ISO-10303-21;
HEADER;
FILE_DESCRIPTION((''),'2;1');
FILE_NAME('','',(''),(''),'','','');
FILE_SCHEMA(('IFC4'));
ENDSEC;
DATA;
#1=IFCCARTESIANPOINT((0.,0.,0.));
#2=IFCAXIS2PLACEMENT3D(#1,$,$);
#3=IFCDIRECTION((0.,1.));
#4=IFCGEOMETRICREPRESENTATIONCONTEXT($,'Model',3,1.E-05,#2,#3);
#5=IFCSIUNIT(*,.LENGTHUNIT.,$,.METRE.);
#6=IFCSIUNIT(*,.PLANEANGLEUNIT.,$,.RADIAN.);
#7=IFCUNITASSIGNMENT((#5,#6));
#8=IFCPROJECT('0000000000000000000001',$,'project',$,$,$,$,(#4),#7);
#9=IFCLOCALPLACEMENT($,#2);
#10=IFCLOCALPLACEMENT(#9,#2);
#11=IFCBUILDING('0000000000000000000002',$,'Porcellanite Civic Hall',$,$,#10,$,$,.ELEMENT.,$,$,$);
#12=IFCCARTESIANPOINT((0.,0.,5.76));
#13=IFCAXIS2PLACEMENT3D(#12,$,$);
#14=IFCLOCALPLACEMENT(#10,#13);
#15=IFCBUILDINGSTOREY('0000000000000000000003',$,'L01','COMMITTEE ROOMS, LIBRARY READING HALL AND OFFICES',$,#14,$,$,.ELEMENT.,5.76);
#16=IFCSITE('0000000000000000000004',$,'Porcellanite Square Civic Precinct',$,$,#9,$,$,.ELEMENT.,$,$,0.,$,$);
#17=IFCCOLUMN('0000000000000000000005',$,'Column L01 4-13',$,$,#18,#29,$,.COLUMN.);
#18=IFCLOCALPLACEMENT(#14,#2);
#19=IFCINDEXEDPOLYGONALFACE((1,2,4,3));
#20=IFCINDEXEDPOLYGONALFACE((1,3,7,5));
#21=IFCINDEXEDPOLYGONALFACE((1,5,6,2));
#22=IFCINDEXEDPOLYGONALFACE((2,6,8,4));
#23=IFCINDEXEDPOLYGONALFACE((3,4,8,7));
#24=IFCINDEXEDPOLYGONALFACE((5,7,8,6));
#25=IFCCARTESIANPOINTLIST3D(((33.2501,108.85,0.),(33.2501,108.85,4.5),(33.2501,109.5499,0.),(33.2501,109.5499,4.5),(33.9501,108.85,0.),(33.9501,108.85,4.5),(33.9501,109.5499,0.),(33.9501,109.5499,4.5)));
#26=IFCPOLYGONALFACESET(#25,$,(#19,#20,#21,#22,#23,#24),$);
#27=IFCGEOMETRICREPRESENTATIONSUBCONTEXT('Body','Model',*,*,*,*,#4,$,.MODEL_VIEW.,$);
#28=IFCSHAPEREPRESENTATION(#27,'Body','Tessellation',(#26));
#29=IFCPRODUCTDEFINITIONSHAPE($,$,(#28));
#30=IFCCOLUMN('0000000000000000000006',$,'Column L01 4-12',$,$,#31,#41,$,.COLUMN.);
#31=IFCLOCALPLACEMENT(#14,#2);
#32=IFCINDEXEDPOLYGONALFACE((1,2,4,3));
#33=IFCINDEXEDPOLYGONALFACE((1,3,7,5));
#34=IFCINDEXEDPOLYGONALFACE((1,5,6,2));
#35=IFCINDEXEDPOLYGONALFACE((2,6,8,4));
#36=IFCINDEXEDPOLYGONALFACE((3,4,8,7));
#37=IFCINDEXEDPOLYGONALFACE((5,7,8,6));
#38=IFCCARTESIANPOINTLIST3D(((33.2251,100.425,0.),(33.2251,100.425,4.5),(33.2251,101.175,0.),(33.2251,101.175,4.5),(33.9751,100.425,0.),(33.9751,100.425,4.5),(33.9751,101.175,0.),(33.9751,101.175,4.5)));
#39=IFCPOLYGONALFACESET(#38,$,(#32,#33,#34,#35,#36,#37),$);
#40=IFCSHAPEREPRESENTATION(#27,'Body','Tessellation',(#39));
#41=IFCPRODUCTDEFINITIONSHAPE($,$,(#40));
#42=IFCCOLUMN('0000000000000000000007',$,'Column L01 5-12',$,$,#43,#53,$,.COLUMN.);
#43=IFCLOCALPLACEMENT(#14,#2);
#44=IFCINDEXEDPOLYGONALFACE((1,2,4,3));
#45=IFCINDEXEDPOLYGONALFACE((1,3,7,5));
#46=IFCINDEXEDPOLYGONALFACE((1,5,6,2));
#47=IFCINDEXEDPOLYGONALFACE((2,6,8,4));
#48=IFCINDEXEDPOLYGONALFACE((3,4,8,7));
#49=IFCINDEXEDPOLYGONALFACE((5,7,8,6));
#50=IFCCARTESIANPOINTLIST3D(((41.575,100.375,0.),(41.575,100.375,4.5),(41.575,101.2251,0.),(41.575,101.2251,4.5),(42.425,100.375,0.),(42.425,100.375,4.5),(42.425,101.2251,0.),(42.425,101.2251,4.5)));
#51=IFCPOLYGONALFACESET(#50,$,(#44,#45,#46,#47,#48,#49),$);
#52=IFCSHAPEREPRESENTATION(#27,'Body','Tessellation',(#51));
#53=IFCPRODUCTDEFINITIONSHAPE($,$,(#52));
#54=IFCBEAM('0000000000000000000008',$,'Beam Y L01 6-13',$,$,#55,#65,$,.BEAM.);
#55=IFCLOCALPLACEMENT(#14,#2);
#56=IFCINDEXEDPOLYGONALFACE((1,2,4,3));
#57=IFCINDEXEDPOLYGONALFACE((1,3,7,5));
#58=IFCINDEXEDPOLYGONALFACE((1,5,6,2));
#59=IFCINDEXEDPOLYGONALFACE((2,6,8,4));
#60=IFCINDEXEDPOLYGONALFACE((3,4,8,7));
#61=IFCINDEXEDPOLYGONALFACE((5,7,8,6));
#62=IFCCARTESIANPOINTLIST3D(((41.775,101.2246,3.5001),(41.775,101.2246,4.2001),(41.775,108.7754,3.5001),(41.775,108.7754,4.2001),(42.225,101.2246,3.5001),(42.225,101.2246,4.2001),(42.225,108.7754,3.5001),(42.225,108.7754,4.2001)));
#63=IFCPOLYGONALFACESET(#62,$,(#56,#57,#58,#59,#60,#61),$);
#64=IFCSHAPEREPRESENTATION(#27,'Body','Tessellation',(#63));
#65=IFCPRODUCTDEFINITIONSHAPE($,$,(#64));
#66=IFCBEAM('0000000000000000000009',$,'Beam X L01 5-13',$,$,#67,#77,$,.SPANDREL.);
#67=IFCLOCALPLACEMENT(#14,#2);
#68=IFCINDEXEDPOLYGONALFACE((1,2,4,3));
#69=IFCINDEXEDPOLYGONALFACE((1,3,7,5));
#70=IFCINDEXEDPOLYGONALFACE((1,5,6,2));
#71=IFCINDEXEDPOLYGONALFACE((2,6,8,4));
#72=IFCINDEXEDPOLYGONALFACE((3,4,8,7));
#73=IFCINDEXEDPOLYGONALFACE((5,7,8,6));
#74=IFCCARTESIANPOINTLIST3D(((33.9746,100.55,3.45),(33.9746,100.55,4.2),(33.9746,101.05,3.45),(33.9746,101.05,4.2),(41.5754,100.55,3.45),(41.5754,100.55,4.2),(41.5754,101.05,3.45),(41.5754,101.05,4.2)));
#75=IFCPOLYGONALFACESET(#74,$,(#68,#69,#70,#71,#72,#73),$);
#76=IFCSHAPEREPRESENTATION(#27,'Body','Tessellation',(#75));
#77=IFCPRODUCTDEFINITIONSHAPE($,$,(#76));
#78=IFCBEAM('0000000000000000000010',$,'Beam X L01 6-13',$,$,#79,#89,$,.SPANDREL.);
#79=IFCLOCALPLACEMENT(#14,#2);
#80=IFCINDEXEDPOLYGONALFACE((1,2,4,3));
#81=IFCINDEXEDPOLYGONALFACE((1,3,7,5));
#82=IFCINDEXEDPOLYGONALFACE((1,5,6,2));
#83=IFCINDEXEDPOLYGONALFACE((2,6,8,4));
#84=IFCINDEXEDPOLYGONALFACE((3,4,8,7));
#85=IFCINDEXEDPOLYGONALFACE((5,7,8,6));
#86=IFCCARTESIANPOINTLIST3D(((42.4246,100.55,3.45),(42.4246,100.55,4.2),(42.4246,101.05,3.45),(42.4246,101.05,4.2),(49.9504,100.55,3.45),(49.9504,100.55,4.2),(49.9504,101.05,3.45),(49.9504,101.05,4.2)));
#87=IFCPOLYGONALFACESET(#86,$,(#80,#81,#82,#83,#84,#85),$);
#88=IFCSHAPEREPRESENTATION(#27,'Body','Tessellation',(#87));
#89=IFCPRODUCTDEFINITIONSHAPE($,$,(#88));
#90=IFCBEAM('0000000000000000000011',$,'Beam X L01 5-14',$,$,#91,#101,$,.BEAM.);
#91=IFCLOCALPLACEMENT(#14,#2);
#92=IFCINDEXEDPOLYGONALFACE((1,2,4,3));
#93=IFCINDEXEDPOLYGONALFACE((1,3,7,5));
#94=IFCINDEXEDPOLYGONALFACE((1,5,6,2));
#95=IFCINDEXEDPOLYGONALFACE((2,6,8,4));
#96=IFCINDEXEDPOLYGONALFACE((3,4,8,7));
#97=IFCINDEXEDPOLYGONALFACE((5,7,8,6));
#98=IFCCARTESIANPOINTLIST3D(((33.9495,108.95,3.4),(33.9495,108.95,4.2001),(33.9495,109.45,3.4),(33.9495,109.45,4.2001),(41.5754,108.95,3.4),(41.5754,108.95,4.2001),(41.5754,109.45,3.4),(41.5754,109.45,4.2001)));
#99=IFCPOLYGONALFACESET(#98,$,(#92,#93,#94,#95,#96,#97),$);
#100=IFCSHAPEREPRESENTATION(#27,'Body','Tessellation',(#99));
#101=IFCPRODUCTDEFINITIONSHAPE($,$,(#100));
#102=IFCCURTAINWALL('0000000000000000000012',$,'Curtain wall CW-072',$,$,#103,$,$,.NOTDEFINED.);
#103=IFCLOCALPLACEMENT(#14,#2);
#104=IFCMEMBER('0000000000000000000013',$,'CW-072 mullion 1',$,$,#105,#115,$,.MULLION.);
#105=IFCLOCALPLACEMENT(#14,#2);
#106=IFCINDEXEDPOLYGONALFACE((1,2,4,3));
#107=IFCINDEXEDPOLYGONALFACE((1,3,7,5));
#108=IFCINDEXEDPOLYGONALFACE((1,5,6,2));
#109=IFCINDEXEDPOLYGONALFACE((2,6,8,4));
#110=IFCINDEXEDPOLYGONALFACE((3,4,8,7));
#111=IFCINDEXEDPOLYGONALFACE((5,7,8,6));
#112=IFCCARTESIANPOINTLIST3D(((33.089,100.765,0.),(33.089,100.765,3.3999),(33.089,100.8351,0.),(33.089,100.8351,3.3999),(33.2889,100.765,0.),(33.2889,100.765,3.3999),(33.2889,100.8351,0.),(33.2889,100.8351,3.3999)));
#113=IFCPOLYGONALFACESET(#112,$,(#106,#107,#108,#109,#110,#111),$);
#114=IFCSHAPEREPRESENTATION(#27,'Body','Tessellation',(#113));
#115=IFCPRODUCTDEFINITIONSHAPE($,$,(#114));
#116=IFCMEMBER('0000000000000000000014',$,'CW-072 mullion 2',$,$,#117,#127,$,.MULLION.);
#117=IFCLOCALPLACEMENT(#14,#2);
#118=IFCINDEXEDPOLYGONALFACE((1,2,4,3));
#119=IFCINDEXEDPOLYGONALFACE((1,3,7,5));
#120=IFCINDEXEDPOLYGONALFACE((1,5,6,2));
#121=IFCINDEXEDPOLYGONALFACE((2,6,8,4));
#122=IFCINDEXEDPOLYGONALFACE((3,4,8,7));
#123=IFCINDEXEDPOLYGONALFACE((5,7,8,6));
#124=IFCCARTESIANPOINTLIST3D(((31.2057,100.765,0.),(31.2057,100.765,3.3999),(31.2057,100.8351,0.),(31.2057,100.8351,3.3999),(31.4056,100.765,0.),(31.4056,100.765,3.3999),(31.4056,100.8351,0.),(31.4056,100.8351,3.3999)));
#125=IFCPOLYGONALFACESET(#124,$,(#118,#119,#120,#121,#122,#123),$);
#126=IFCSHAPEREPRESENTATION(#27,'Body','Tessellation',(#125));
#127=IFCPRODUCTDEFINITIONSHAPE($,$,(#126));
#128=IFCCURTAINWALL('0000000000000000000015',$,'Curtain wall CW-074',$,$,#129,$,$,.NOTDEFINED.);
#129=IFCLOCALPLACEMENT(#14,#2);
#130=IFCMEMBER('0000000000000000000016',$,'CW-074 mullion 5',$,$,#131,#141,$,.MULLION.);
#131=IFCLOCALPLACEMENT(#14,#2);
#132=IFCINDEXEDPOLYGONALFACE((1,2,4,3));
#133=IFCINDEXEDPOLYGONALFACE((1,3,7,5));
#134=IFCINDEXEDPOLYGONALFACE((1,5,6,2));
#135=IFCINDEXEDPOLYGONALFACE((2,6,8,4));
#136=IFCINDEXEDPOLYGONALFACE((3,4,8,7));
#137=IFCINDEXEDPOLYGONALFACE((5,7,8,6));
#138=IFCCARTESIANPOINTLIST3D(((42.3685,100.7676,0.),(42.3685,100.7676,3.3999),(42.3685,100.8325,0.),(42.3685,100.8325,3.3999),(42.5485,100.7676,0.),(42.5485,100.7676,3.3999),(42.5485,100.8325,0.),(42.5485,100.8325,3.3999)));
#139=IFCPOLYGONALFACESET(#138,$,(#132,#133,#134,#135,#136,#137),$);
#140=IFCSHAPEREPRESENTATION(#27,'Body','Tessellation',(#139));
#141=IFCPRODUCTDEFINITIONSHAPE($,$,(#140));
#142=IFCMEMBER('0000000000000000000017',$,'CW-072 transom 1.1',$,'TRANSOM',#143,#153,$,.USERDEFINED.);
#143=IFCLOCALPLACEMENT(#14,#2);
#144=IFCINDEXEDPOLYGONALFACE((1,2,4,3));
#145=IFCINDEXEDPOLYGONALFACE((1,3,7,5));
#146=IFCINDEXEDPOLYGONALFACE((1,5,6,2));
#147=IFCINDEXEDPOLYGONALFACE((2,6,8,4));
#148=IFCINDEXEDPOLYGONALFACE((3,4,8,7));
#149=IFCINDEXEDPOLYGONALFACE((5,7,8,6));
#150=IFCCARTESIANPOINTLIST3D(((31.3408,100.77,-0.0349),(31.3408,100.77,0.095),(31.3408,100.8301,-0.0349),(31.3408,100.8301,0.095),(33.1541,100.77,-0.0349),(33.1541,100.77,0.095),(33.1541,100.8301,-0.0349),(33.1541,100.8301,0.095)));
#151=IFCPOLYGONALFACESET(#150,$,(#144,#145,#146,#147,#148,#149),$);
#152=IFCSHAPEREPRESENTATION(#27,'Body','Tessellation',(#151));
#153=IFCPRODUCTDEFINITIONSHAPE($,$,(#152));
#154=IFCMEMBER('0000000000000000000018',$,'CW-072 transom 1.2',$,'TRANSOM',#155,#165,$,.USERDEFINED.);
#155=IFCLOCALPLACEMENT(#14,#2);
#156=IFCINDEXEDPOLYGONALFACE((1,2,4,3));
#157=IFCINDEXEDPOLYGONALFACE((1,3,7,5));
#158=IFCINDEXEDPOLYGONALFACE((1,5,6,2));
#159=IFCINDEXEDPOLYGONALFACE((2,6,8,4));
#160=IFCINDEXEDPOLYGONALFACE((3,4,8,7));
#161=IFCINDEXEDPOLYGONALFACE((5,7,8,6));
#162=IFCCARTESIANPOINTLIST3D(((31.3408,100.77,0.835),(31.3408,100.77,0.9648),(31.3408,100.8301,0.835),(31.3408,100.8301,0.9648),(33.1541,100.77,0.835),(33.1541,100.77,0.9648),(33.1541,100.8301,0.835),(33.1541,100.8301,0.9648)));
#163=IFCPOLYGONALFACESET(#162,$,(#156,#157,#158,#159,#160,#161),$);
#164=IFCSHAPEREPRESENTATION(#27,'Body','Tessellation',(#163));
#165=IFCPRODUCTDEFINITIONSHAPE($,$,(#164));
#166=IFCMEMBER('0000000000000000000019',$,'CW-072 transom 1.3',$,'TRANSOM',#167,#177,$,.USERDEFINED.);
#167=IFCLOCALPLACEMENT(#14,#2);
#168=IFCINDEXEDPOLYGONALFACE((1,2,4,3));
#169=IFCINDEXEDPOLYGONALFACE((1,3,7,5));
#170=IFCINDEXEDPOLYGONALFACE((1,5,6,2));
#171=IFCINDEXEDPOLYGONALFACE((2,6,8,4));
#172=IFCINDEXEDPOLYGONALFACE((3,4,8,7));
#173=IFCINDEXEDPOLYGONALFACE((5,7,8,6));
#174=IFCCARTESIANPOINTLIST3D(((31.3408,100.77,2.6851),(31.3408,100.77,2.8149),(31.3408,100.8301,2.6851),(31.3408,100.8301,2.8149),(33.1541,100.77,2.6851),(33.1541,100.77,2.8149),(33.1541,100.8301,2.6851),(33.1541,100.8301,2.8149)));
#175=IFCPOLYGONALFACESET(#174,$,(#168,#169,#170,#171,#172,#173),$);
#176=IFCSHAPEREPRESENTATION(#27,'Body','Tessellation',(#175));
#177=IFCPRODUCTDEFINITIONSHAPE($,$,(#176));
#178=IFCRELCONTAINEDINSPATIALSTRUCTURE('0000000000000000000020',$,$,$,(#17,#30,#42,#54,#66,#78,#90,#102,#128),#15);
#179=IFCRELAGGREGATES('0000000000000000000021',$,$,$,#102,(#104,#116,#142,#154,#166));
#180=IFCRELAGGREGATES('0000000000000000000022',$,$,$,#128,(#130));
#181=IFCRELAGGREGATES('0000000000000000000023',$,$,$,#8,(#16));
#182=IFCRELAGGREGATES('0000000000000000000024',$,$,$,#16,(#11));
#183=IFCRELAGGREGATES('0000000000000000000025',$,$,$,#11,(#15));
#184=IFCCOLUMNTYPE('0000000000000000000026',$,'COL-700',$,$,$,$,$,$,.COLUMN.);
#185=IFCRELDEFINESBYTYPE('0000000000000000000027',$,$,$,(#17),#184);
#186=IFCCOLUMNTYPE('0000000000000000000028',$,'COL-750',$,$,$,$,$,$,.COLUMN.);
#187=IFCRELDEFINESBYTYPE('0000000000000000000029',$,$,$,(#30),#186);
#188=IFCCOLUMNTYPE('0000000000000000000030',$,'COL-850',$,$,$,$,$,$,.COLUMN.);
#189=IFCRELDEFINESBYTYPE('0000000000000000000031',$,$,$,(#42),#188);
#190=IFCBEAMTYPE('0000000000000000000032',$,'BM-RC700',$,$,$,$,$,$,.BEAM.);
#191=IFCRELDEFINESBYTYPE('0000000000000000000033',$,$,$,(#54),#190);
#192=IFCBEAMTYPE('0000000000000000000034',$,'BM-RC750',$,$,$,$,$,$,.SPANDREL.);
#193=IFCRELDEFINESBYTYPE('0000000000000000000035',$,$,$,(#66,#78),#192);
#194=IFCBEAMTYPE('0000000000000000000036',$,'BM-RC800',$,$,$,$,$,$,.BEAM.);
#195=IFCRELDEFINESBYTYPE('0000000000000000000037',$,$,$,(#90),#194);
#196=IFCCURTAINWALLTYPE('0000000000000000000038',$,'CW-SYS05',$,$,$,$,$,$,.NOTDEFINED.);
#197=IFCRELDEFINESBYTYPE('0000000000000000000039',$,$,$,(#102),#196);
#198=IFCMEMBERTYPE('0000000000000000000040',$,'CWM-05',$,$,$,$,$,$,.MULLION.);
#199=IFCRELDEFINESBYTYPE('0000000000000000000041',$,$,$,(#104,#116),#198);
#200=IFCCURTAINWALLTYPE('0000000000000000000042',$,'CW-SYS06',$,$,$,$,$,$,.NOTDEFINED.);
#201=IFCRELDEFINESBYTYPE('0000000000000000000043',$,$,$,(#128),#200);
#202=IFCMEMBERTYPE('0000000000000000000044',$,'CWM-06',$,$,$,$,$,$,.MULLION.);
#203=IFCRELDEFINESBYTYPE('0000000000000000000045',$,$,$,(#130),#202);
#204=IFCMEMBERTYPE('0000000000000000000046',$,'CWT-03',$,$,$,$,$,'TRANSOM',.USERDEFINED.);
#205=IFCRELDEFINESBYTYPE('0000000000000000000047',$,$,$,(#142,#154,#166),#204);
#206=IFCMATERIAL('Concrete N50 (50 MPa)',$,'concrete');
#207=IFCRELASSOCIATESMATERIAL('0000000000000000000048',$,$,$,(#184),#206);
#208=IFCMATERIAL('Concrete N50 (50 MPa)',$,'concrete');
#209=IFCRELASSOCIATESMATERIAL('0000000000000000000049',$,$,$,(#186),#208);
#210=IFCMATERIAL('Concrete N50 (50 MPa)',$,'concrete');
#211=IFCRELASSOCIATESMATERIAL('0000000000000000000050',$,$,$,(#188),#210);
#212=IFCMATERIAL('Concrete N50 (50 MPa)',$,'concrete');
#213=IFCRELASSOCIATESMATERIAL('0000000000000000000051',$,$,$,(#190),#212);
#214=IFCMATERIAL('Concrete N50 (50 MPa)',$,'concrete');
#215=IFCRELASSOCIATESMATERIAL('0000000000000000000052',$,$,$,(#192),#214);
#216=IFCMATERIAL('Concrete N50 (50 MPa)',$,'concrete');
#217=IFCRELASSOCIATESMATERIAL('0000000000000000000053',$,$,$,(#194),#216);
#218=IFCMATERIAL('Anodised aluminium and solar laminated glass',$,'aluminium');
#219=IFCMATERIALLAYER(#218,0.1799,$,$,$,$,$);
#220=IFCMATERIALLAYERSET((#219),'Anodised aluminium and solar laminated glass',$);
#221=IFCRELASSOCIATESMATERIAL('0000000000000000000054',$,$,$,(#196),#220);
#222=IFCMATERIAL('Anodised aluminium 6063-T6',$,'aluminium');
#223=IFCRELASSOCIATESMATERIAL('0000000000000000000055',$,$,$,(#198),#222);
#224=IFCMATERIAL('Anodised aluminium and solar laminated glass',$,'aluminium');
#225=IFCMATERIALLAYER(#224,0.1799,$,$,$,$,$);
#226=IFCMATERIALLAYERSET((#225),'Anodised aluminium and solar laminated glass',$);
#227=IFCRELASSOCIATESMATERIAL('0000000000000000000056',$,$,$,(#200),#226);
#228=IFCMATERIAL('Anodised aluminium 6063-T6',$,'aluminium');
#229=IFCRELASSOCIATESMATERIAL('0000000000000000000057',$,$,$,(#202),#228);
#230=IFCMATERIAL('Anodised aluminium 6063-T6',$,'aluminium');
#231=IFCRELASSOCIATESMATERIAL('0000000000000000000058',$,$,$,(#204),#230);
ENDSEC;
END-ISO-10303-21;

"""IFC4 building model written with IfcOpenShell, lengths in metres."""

from ifc_helpers import new_model, si_unit, direction, frame, origin, origin_2d, place, context, subcontext, project, spatial, rectangle, extrude, material, layer, layer_set, material_profile, profile_set, type_object, element, aggregate, save


model = new_model("IFC4")

# Units and contexts
model_context = context("Model", 3, precision=1e-05, world=origin(), true_north=direction((0.0, 1.0)))
body_context = subcontext(model_context, "Body", "Model", "MODEL_VIEW")
ifc_project = project(units=[si_unit("LENGTHUNIT", "METRE"), si_unit("PLANEANGLEUNIT", "RADIAN")], contexts=[model_context])

# Site, building, storey
site_placement = place(None, origin())
site = spatial("IfcSite", under=ifc_project, at=site_placement, Name="Porcellanite Square Civic Precinct", CompositionType="ELEMENT", RefElevation=0.0)
building_placement = place(site_placement, origin())
building = spatial("IfcBuilding", under=site, at=building_placement, Name="Porcellanite Civic Hall", CompositionType="ELEMENT")
storey_placement = place(building_placement, frame((0.0, 0.0, 5.76)))
storey = spatial("IfcBuildingStorey", under=building, at=storey_placement, Name="L01", Description="COMMITTEE ROOMS, LIBRARY READING HALL AND OFFICES", CompositionType="ELEMENT", Elevation=5.76)

# Columns
ifc_material_1 = material(Name="Concrete N50 (50 MPa)", Category="concrete")
ifc_material_profile_1 = material_profile(ifc_material_1, rectangle(XDim=0.7, YDim=0.7, at=origin_2d()), Name="RC-700x700")
ifc_profile_set_1 = profile_set([ifc_material_profile_1], Name="Concrete N50 (50 MPa)")
column_type_1 = type_object("IfcColumnType", Name="COL-700", PredefinedType="COLUMN", material=ifc_profile_set_1)
column_1_placement = place(storey_placement, frame((33.6001, 109.2, 0.0), z_axis=(0.0, 0.0, 1.0), x_axis=(1.0, 0.0, 0.0)))
element("IfcColumn", 1, at=column_1_placement, inside=storey, type_object=column_type_1, Name="Column L01 4-13", PredefinedType="COLUMN", context=body_context, shape_type="SweptSolid", body=[
    extrude(rectangle(XDim=0.7, YDim=0.7, at=origin_2d()), origin(), (0.0, 0.0, 1.0), 4.5),
])
ifc_material_2 = material(Name="Concrete N50 (50 MPa)", Category="concrete")
ifc_material_profile_2 = material_profile(ifc_material_2, rectangle(XDim=0.75, YDim=0.75, at=origin_2d()), Name="RC-750x750")
ifc_profile_set_2 = profile_set([ifc_material_profile_2], Name="Concrete N50 (50 MPa)")
column_type_2 = type_object("IfcColumnType", Name="COL-750", PredefinedType="COLUMN", material=ifc_profile_set_2)
column_2_placement = place(storey_placement, frame((33.6001, 100.8, 0.0), z_axis=(0.0, 0.0, 1.0), x_axis=(1.0, 0.0, 0.0)))
element("IfcColumn", 2, at=column_2_placement, inside=storey, type_object=column_type_2, Name="Column L01 4-12", PredefinedType="COLUMN", context=body_context, shape_type="SweptSolid", body=[
    extrude(rectangle(XDim=0.75, YDim=0.75, at=origin_2d()), origin(), (0.0, 0.0, 1.0), 4.5),
])
ifc_material_3 = material(Name="Concrete N50 (50 MPa)", Category="concrete")
ifc_material_profile_3 = material_profile(ifc_material_3, rectangle(XDim=0.8501, YDim=0.8501, at=origin_2d()), Name="RC-850x850")
ifc_profile_set_3 = profile_set([ifc_material_profile_3], Name="Concrete N50 (50 MPa)")
column_type_3 = type_object("IfcColumnType", Name="COL-850", PredefinedType="COLUMN", material=ifc_profile_set_3)
column_3_placement = place(storey_placement, frame((42.0, 100.8, 0.0), z_axis=(0.0, 0.0, 1.0), x_axis=(1.0, 0.0, 0.0)))
element("IfcColumn", 3, at=column_3_placement, inside=storey, type_object=column_type_3, Name="Column L01 5-12", PredefinedType="COLUMN", context=body_context, shape_type="SweptSolid", body=[
    extrude(rectangle(XDim=0.8501, YDim=0.8501, at=origin_2d()), origin(), (0.0, 0.0, 1.0), 4.5),
])

# Beams
ifc_material_4 = material(Name="Concrete N50 (50 MPa)", Category="concrete")
ifc_material_profile_4 = material_profile(ifc_material_4, rectangle(XDim=0.45, YDim=0.7, at=origin_2d()), Name="RC-450x700")
ifc_profile_set_4 = profile_set([ifc_material_profile_4], Name="Concrete N50 (50 MPa)")
beam_type_1 = type_object("IfcBeamType", Name="BM-RC700", PredefinedType="BEAM", material=ifc_profile_set_4)
beam_1_placement = place(storey_placement, frame((42.0, 101.2246, 3.8501), z_axis=(0.0, 1.0, 0.0), x_axis=(-1.0, 0.0, 0.0)))
element("IfcBeam", 4, at=beam_1_placement, inside=storey, type_object=beam_type_1, Name="Beam Y L01 6-13", PredefinedType="BEAM", context=body_context, shape_type="SweptSolid", body=[
    extrude(rectangle(XDim=0.45, YDim=0.7, at=origin_2d()), origin(), (0.0, 0.0, 1.0), 7.5508),
])
ifc_material_5 = material(Name="Concrete N50 (50 MPa)", Category="concrete")
ifc_material_profile_5 = material_profile(ifc_material_5, rectangle(XDim=0.5, YDim=0.75, at=origin_2d()), Name="RC-500x750")
ifc_profile_set_5 = profile_set([ifc_material_profile_5], Name="Concrete N50 (50 MPa)")
beam_type_2 = type_object("IfcBeamType", Name="BM-RC750", PredefinedType="SPANDREL", material=ifc_profile_set_5)
beam_2_placement = place(storey_placement, frame((33.9746, 100.8, 3.825), z_axis=(1.0, 0.0, 0.0), x_axis=(0.0, 1.0, 0.0)))
element("IfcBeam", 5, at=beam_2_placement, inside=storey, type_object=beam_type_2, Name="Beam X L01 5-13", PredefinedType="SPANDREL", context=body_context, shape_type="SweptSolid", body=[
    extrude(rectangle(XDim=0.5, YDim=0.75, at=origin_2d()), origin(), (0.0, 0.0, 1.0), 7.6008),
])
beam_3_placement = place(storey_placement, frame((42.4246, 100.8, 3.825), z_axis=(1.0, 0.0, 0.0), x_axis=(0.0, 1.0, 0.0)))
element("IfcBeam", 6, at=beam_3_placement, inside=storey, type_object=beam_type_2, Name="Beam X L01 6-13", PredefinedType="SPANDREL", context=body_context, shape_type="SweptSolid", body=[
    extrude(rectangle(XDim=0.5, YDim=0.75, at=origin_2d()), origin(), (0.0, 0.0, 1.0), 7.5259),
])
ifc_material_6 = material(Name="Concrete N50 (50 MPa)", Category="concrete")
ifc_material_profile_6 = material_profile(ifc_material_6, rectangle(XDim=0.5, YDim=0.8, at=origin_2d()), Name="RC-500x800")
ifc_profile_set_6 = profile_set([ifc_material_profile_6], Name="Concrete N50 (50 MPa)")
beam_type_3 = type_object("IfcBeamType", Name="BM-RC800", PredefinedType="BEAM", material=ifc_profile_set_6)
beam_4_placement = place(storey_placement, frame((33.9495, 109.2, 3.8), z_axis=(1.0, 0.0, 0.0), x_axis=(0.0, 1.0, 0.0)))
element("IfcBeam", 7, at=beam_4_placement, inside=storey, type_object=beam_type_3, Name="Beam X L01 5-14", PredefinedType="BEAM", context=body_context, shape_type="SweptSolid", body=[
    extrude(rectangle(XDim=0.5, YDim=0.8, at=origin_2d()), origin(), (0.0, 0.0, 1.0), 7.626),
])

# Curtain wall, members
ifc_material_7 = material(Name="Anodised aluminium and solar laminated glass", Category="aluminium")
ifc_layer_1 = layer(ifc_material_7, 0.1799)
ifc_layer_set_1 = layer_set([ifc_layer_1], Name="Anodised aluminium and solar laminated glass")
curtain_wall_type_1 = type_object("IfcCurtainWallType", Name="CW-SYS05", PredefinedType="NOTDEFINED", material=ifc_layer_set_1)
curtain_wall_1_placement = place(storey_placement, origin())
curtain_wall_1 = element("IfcCurtainWall", 8, at=curtain_wall_1_placement, inside=storey, type_object=curtain_wall_type_1, Name="Curtain wall CW-072", PredefinedType="NOTDEFINED")
ifc_material_8 = material(Name="Anodised aluminium 6063-T6", Category="aluminium")
ifc_material_profile_7 = material_profile(ifc_material_8, rectangle(XDim=0.0701, YDim=0.2, at=origin_2d()), Name="AL-70x200")
ifc_profile_set_7 = profile_set([ifc_material_profile_7], Name="Anodised aluminium 6063-T6")
member_type_1 = type_object("IfcMemberType", Name="CWM-05", PredefinedType="MULLION", material=ifc_profile_set_7)
member_1_placement = place(storey_placement, frame((33.189, 100.8, 0.0), z_axis=(0.0, 0.0, 1.0), x_axis=(0.0, -1.0, 0.0)))
member_1 = element("IfcMember", 9, at=member_1_placement, type_object=member_type_1, Name="CW-072 mullion 1", PredefinedType="MULLION", context=body_context, shape_type="SweptSolid", body=[
    extrude(rectangle(XDim=0.0701, YDim=0.2, at=origin_2d()), origin(), (0.0, 0.0, 1.0), 3.3999),
])
member_2_placement = place(storey_placement, frame((31.3057, 100.8, 0.0), z_axis=(0.0, 0.0, 1.0), x_axis=(0.0, -1.0, 0.0)))
member_2 = element("IfcMember", 10, at=member_2_placement, type_object=member_type_1, Name="CW-072 mullion 2", PredefinedType="MULLION", context=body_context, shape_type="SweptSolid", body=[
    extrude(rectangle(XDim=0.0701, YDim=0.2, at=origin_2d()), origin(), (0.0, 0.0, 1.0), 3.3999),
])

# Curtain wall, member
ifc_material_9 = material(Name="Anodised aluminium and solar laminated glass", Category="aluminium")
ifc_layer_2 = layer(ifc_material_9, 0.1799)
ifc_layer_set_2 = layer_set([ifc_layer_2], Name="Anodised aluminium and solar laminated glass")
curtain_wall_type_2 = type_object("IfcCurtainWallType", Name="CW-SYS06", PredefinedType="NOTDEFINED", material=ifc_layer_set_2)
curtain_wall_2_placement = place(storey_placement, origin())
curtain_wall_2 = element("IfcCurtainWall", 11, at=curtain_wall_2_placement, inside=storey, type_object=curtain_wall_type_2, Name="Curtain wall CW-074", PredefinedType="NOTDEFINED")
ifc_material_10 = material(Name="Anodised aluminium 6063-T6", Category="aluminium")
ifc_material_profile_8 = material_profile(ifc_material_10, rectangle(XDim=0.0649, YDim=0.1799, at=origin_2d()), Name="AL-65x180")
ifc_profile_set_8 = profile_set([ifc_material_profile_8], Name="Anodised aluminium 6063-T6")
member_type_2 = type_object("IfcMemberType", Name="CWM-06", PredefinedType="MULLION", material=ifc_profile_set_8)
member_3_placement = place(storey_placement, frame((42.4585, 100.8, 0.0), z_axis=(0.0, 0.0, 1.0), x_axis=(0.0, -1.0, 0.0)))
member_3 = element("IfcMember", 12, at=member_3_placement, type_object=member_type_2, Name="CW-074 mullion 5", PredefinedType="MULLION", context=body_context, shape_type="SweptSolid", body=[
    extrude(rectangle(XDim=0.0649, YDim=0.1799, at=origin_2d()), origin(), (0.0, 0.0, 1.0), 3.3999),
])

# Members
ifc_material_11 = material(Name="Anodised aluminium 6063-T6", Category="aluminium")
ifc_material_profile_9 = material_profile(ifc_material_11, rectangle(XDim=0.0601, YDim=0.1299, at=origin_2d()), Name="AL-60x130")
ifc_profile_set_9 = profile_set([ifc_material_profile_9], Name="Anodised aluminium 6063-T6")
member_type_3 = type_object("IfcMemberType", Name="CWT-03", ElementType="TRANSOM", PredefinedType="USERDEFINED", material=ifc_profile_set_9)
member_4_placement = place(storey_placement, frame((33.1541, 100.8, 0.03), z_axis=(-1.0, 0.0, 0.0), x_axis=(0.0, -1.0, 0.0)))
member_4 = element("IfcMember", 13, at=member_4_placement, type_object=member_type_3, Name="CW-072 transom 1.1", ObjectType="TRANSOM", PredefinedType="USERDEFINED", context=body_context, shape_type="SweptSolid", body=[
    extrude(rectangle(XDim=0.0601, YDim=0.1299, at=origin_2d()), origin(), (0.0, 0.0, 1.0), 1.8132),
])
member_5_placement = place(storey_placement, frame((33.1541, 100.8, 0.8999), z_axis=(-1.0, 0.0, 0.0), x_axis=(0.0, -1.0, 0.0)))
member_5 = element("IfcMember", 14, at=member_5_placement, type_object=member_type_3, Name="CW-072 transom 1.2", ObjectType="TRANSOM", PredefinedType="USERDEFINED", context=body_context, shape_type="SweptSolid", body=[
    extrude(rectangle(XDim=0.0601, YDim=0.1299, at=origin_2d()), origin(), (0.0, 0.0, 1.0), 1.8132),
])
member_6_placement = place(storey_placement, frame((33.1541, 100.8, 2.75), z_axis=(-1.0, 0.0, 0.0), x_axis=(0.0, -1.0, 0.0)))
member_6 = element("IfcMember", 15, at=member_6_placement, type_object=member_type_3, Name="CW-072 transom 1.3", ObjectType="TRANSOM", PredefinedType="USERDEFINED", context=body_context, shape_type="SweptSolid", body=[
    extrude(rectangle(XDim=0.0601, YDim=0.1299, at=origin_2d()), origin(), (0.0, 0.0, 1.0), 1.8132),
])

aggregate(curtain_wall_1, [member_1, member_2, member_4, member_5, member_6])
aggregate(curtain_wall_2, [member_3])

save(model, "model.ifc")
